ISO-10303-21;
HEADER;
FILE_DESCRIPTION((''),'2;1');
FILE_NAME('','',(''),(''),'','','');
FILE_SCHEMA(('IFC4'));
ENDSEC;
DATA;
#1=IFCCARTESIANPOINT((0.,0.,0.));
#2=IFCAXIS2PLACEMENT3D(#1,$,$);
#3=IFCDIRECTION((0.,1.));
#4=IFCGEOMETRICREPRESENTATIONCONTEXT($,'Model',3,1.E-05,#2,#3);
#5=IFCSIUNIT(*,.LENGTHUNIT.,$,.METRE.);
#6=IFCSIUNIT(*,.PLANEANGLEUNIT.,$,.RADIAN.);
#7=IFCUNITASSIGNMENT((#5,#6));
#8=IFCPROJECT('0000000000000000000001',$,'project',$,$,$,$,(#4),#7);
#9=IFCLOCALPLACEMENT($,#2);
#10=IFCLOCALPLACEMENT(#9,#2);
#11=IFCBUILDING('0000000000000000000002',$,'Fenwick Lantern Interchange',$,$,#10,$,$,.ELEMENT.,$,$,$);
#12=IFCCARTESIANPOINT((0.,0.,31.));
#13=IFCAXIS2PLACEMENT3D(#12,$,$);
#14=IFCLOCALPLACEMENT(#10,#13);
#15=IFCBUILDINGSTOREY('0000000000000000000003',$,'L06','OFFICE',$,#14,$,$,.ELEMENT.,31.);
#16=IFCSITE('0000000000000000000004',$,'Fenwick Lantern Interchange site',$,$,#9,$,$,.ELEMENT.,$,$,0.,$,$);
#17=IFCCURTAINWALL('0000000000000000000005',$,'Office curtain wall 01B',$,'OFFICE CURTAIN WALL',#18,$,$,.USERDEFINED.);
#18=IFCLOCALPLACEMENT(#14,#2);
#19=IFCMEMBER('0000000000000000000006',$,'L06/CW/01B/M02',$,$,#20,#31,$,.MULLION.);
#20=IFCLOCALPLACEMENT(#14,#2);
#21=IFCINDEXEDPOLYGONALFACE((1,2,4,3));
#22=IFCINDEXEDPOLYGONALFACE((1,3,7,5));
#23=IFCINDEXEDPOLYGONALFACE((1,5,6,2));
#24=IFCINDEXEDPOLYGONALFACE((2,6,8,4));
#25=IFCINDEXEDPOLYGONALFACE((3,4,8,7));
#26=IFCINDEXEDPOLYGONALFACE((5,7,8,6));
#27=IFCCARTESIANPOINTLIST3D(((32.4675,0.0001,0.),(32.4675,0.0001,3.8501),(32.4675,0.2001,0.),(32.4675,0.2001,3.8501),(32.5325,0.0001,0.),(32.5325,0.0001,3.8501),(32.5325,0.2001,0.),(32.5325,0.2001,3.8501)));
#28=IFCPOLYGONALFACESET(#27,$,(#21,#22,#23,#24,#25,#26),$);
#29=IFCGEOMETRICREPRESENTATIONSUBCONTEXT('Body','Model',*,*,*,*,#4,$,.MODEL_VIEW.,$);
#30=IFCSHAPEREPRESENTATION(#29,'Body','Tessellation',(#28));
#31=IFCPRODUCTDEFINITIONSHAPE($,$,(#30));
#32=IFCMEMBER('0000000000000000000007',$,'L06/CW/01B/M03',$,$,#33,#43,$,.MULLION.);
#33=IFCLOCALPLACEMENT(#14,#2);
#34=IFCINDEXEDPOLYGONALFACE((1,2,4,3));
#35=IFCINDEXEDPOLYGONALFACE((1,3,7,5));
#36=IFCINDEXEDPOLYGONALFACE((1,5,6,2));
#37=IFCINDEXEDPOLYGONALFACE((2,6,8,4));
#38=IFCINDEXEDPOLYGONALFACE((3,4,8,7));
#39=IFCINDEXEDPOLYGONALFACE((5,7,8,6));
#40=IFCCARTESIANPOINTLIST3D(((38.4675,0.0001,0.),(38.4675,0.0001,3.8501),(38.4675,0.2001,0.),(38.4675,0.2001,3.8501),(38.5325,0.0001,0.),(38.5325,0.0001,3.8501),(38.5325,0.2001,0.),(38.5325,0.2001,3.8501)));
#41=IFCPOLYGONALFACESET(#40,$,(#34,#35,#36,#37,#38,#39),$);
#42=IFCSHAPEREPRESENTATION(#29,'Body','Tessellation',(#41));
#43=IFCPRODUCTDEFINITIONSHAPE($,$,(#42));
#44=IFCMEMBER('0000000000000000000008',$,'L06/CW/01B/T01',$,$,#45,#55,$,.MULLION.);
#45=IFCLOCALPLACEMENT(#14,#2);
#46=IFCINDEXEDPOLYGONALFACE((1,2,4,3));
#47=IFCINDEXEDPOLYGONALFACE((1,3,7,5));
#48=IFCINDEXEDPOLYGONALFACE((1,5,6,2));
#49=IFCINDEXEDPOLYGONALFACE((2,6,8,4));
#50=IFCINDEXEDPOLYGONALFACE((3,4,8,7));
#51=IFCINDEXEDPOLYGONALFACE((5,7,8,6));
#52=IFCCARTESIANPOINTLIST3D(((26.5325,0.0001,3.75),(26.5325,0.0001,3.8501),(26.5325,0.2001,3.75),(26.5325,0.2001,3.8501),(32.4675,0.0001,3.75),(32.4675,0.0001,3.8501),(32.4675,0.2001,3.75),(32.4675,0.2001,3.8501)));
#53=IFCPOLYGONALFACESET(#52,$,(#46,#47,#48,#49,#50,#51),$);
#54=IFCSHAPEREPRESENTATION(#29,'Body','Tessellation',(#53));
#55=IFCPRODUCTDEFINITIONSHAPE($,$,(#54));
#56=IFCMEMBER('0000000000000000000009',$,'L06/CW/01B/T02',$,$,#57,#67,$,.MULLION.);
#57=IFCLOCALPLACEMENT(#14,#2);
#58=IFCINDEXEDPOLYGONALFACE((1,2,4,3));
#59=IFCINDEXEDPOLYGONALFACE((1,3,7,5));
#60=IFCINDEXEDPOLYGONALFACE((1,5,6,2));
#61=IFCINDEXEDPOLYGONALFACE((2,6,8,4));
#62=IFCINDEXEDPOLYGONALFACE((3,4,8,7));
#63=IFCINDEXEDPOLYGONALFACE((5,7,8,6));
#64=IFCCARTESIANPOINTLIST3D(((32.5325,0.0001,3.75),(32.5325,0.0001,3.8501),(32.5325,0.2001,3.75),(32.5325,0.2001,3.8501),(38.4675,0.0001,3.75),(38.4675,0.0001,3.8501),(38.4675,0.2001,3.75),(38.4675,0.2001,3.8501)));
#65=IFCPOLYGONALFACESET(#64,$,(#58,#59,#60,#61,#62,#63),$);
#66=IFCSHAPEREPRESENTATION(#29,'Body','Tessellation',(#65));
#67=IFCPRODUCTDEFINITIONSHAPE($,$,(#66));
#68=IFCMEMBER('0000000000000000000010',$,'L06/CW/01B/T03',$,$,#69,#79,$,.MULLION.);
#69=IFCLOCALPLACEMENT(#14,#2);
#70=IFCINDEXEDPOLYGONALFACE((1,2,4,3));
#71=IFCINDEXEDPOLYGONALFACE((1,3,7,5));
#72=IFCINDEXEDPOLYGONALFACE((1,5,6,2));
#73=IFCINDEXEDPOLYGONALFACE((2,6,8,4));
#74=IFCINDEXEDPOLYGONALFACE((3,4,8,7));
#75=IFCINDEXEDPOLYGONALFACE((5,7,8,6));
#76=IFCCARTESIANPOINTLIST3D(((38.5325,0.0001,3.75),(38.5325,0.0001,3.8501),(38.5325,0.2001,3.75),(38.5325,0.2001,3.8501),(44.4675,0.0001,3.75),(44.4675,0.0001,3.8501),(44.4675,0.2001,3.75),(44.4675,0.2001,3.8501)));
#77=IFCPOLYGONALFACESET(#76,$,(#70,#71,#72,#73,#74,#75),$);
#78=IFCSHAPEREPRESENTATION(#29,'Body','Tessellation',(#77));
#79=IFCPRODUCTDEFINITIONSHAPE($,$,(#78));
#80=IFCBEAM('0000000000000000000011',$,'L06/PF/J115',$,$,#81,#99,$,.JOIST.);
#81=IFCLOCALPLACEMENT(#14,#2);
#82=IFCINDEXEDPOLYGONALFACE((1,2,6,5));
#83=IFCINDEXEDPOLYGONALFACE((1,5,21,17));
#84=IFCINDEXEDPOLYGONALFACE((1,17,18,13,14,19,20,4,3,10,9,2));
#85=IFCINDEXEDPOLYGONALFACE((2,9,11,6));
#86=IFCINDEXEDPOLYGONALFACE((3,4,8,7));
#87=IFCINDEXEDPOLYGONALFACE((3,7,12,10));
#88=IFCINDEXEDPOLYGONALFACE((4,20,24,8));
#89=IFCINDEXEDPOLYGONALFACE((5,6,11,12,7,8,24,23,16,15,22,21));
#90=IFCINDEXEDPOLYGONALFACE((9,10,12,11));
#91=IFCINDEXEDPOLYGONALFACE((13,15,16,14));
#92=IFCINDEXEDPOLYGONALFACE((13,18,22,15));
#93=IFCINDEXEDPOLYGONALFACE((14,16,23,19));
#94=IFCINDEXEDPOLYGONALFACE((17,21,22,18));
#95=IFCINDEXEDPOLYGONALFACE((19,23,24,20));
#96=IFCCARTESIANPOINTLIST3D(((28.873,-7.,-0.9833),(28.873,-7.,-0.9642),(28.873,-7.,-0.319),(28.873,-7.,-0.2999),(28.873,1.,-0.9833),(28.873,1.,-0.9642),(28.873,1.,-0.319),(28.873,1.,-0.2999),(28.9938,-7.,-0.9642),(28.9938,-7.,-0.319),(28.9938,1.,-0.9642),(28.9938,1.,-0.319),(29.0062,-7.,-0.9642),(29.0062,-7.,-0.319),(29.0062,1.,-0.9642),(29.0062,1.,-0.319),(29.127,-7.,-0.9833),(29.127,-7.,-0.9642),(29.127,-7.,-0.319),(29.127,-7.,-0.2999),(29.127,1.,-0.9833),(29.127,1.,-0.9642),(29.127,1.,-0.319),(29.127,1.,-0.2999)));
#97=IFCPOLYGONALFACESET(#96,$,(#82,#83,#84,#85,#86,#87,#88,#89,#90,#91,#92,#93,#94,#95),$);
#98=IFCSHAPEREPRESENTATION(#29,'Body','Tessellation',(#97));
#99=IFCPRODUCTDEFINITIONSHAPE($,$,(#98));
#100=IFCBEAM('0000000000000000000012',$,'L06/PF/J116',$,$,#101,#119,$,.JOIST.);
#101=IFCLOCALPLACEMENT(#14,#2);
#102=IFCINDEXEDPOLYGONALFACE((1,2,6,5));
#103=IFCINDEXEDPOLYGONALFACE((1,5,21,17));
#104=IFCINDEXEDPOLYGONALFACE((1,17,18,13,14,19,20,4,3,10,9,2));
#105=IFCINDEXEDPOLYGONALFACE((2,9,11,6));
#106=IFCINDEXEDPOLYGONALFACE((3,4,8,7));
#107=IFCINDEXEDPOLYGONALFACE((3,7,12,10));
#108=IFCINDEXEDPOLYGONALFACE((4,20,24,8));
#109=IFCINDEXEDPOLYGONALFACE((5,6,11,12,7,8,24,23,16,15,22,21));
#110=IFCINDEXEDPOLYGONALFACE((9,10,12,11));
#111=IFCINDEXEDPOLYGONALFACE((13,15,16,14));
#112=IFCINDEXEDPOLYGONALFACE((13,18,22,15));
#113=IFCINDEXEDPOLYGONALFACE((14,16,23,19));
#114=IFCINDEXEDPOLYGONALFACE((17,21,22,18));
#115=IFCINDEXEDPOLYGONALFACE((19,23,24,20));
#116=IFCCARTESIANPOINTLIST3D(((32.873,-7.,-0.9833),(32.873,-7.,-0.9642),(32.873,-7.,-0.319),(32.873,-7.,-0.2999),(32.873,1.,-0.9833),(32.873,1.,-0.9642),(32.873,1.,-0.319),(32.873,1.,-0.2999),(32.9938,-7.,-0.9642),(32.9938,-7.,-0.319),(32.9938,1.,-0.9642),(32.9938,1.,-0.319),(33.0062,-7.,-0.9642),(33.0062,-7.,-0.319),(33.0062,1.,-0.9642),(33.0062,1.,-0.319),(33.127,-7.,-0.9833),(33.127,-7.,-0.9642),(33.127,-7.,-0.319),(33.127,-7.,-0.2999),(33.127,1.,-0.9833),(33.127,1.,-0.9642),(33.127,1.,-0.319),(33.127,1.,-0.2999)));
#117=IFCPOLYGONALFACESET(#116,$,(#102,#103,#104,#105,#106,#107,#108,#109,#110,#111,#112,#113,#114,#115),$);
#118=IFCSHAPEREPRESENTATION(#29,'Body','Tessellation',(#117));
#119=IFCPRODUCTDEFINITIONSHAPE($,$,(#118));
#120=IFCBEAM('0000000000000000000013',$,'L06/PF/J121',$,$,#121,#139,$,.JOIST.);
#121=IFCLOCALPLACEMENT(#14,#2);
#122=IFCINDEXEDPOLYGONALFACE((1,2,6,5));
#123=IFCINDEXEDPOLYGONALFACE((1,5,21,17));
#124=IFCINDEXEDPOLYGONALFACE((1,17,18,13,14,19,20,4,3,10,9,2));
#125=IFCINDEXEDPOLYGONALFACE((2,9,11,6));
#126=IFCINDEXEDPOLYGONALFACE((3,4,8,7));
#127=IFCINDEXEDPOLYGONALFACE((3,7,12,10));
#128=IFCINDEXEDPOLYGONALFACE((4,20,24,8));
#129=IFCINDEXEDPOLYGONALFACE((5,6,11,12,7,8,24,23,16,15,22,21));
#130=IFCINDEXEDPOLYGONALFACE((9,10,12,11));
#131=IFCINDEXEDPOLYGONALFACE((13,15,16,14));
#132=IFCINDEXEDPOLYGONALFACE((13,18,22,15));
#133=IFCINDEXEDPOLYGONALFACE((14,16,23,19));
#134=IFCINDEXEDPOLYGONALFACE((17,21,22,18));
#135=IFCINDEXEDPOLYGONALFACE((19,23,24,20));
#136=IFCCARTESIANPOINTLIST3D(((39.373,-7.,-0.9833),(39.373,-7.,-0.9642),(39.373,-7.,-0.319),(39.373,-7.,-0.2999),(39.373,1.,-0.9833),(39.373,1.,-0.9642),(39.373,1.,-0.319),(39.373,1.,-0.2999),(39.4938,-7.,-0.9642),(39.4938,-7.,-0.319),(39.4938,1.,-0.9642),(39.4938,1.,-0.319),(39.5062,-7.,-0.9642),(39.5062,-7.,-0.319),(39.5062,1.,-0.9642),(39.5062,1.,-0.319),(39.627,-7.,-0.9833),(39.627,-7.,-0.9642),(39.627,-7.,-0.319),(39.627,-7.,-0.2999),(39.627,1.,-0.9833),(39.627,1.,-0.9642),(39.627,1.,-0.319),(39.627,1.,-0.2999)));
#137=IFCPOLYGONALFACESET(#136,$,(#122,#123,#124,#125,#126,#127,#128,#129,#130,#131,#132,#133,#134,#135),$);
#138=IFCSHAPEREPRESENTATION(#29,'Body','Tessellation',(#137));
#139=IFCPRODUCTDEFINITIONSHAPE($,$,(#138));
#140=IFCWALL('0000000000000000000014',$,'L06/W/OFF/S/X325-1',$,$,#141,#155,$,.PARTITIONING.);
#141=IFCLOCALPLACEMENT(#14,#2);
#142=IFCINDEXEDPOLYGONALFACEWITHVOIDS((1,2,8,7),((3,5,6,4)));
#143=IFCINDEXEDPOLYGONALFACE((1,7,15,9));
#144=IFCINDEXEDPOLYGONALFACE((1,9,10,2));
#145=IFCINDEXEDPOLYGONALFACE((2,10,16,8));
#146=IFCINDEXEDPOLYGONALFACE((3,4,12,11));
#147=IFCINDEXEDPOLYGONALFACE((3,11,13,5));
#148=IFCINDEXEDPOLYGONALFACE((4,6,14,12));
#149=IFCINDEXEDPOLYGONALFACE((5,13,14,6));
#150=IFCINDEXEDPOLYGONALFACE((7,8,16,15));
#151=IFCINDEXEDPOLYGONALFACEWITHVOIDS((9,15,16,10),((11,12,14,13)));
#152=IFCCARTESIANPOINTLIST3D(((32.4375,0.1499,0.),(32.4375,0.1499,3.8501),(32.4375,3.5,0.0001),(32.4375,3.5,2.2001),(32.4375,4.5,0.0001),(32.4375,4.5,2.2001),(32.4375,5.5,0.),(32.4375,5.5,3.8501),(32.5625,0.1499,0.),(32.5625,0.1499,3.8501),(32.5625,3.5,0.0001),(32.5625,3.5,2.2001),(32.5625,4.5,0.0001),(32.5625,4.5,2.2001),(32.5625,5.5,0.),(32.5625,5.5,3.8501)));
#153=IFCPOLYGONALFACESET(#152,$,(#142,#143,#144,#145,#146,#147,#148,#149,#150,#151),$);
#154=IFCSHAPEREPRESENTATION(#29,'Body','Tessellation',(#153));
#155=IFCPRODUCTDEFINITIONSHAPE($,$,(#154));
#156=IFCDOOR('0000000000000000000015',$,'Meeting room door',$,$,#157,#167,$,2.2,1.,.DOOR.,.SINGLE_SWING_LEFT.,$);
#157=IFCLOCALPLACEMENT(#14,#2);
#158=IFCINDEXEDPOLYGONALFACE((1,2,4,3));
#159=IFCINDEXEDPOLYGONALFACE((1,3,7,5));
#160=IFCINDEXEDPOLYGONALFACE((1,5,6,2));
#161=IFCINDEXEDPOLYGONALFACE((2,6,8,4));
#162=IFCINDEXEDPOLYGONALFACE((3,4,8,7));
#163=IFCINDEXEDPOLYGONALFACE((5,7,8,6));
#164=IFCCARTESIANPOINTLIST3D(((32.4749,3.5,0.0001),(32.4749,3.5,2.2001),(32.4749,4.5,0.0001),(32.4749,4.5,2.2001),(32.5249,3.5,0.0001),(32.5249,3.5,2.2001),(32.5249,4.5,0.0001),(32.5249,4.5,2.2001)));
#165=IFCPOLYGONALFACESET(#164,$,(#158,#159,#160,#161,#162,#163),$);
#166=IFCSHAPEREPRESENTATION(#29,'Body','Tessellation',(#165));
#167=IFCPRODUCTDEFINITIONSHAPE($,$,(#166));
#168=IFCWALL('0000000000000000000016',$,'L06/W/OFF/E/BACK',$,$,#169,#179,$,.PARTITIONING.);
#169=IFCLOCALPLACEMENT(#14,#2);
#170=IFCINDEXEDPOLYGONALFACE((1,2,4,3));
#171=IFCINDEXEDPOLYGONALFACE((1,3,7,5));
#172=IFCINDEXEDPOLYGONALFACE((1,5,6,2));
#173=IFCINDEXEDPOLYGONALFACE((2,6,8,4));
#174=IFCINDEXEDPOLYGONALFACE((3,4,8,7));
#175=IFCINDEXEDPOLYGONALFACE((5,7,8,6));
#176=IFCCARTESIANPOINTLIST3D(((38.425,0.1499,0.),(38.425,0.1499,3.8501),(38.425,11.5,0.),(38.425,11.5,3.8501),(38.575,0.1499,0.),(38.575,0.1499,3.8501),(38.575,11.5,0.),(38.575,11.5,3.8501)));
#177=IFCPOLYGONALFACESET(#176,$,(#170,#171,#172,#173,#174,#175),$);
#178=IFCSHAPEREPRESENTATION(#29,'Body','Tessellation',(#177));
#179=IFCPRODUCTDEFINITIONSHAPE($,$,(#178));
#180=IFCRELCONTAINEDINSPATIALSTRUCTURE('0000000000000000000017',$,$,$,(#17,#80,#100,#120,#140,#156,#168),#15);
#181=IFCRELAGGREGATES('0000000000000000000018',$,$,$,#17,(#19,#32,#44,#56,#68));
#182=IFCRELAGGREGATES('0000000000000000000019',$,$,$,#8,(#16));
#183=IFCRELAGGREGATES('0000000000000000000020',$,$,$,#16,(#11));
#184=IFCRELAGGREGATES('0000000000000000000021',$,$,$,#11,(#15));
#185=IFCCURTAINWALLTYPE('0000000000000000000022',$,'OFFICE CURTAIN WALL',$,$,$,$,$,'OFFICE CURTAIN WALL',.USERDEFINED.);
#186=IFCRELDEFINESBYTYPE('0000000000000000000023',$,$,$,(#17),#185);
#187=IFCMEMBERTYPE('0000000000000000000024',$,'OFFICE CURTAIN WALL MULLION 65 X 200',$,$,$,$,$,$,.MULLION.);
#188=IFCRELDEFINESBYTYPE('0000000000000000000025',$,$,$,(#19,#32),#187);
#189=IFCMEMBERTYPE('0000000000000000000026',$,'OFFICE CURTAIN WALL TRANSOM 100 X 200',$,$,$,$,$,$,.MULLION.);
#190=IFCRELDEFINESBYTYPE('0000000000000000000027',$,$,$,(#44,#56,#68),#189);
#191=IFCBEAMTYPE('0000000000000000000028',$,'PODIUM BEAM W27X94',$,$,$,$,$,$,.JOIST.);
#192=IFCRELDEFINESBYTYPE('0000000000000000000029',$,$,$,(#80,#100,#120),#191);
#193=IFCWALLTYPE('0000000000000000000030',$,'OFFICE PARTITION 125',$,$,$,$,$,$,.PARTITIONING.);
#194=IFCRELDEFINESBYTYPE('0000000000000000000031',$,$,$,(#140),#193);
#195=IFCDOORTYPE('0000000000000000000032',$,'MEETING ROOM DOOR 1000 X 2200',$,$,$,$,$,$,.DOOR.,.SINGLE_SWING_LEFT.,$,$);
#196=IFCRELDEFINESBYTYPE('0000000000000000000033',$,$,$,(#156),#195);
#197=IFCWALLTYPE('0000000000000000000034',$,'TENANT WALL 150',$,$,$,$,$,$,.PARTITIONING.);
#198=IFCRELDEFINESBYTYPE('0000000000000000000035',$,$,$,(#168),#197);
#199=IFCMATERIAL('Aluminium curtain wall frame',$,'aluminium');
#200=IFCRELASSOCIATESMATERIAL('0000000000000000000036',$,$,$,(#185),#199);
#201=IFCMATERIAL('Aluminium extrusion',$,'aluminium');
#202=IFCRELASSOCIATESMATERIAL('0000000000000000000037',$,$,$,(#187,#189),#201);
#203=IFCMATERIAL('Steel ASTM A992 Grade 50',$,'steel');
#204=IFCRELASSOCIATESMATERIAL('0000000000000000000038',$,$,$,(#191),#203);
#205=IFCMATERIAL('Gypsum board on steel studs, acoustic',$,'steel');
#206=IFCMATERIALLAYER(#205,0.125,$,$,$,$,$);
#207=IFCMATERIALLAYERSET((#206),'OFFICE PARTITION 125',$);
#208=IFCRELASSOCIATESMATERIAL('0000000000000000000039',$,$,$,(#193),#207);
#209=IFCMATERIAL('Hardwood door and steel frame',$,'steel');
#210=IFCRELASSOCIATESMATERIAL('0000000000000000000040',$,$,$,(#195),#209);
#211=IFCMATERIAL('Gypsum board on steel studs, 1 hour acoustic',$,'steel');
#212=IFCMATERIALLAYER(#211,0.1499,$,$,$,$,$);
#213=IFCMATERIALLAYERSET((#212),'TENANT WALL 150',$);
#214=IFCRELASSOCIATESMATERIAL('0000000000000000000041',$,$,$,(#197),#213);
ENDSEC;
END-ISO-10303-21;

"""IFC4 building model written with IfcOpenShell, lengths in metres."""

from ifc_helpers import new_model, si_unit, direction, frame, frame_2d, origin, origin_2d, place, context, subcontext, project, spatial, rectangle, i_section, extrude, material, layer, layer_set, material_profile, profile_set, type_object, element, fill, aggregate, save


model = new_model("IFC4")

# Units and contexts
model_context = context("Model", 3, precision=1e-05, world=origin(), true_north=direction((0.0, 1.0)))
body_context = subcontext(model_context, "Body", "Model", "MODEL_VIEW")
ifc_project = project(units=[si_unit("LENGTHUNIT", "METRE"), si_unit("PLANEANGLEUNIT", "RADIAN")], contexts=[model_context])

# Site, building, storey
site_placement = place(None, origin())
site = spatial("IfcSite", under=ifc_project, at=site_placement, Name="Fenwick Lantern Interchange site", CompositionType="ELEMENT", RefElevation=0.0)
building_placement = place(site_placement, origin())
building = spatial("IfcBuilding", under=site, at=building_placement, Name="Fenwick Lantern Interchange", CompositionType="ELEMENT")
storey_placement = place(building_placement, frame((0.0, 0.0, 31.0)))
storey = spatial("IfcBuildingStorey", under=building, at=storey_placement, Name="L06", Description="OFFICE", CompositionType="ELEMENT", Elevation=31.0)

# Shared definitions
ifc_material_1 = material(Name="Steel ASTM A992 Grade 50", Category="steel")

# Curtain wall, members
ifc_material_2 = material(Name="Aluminium curtain wall frame", Category="aluminium")
curtain_wall_type = type_object("IfcCurtainWallType", Name="OFFICE CURTAIN WALL", ElementType="OFFICE CURTAIN WALL", PredefinedType="USERDEFINED", material=ifc_material_2)
curtain_wall_placement = place(storey_placement, origin())
curtain_wall = element("IfcCurtainWall", 1, at=curtain_wall_placement, inside=storey, type_object=curtain_wall_type, Name="Office curtain wall 01B", ObjectType="OFFICE CURTAIN WALL", PredefinedType="USERDEFINED")
ifc_material_3 = material(Name="Aluminium extrusion", Category="aluminium")
ifc_material_profile_1 = material_profile(ifc_material_3, rectangle(XDim=0.2, YDim=0.0649, at=origin_2d()), Name="OFFICE CURTAIN WALL MULLION 65 X 200")
ifc_profile_set_1 = profile_set([ifc_material_profile_1], Name="Aluminium extrusion")
member_type_1 = type_object("IfcMemberType", Name="OFFICE CURTAIN WALL MULLION 65 X 200", PredefinedType="MULLION", material=ifc_profile_set_1)
member_1_placement = place(storey_placement, frame((32.5, 0.1001, 0.0), z_axis=(0.0, 0.0, 1.0), x_axis=(0.0, 1.0, 0.0)))
member_1 = element("IfcMember", 2, at=member_1_placement, type_object=member_type_1, Name="L06/CW/01B/M02", PredefinedType="MULLION", context=body_context, shape_type="SweptSolid", body=[
    extrude(rectangle(XDim=0.2, YDim=0.0649, at=origin_2d()), origin(), (0.0, 0.0, 1.0), 3.8501),
])
member_2_placement = place(storey_placement, frame((38.5, 0.1001, 0.0), z_axis=(0.0, 0.0, 1.0), x_axis=(0.0, 1.0, 0.0)))
member_2 = element("IfcMember", 3, at=member_2_placement, type_object=member_type_1, Name="L06/CW/01B/M03", PredefinedType="MULLION", context=body_context, shape_type="SweptSolid", body=[
    extrude(rectangle(XDim=0.2, YDim=0.0649, at=origin_2d()), origin(), (0.0, 0.0, 1.0), 3.8501),
])
ifc_material_profile_2 = material_profile(ifc_material_3, rectangle(XDim=0.2, YDim=0.1001, at=origin_2d()), Name="OFFICE CURTAIN WALL TRANSOM 100 X 200")
ifc_profile_set_2 = profile_set([ifc_material_profile_2], Name="Aluminium extrusion")
member_type_2 = type_object("IfcMemberType", Name="OFFICE CURTAIN WALL TRANSOM 100 X 200", PredefinedType="MULLION", material=ifc_profile_set_2)
member_3_placement = place(storey_placement, frame((26.5325, 0.1001, 3.8), z_axis=(1.0, 0.0, 0.0), x_axis=(0.0, 1.0, 0.0)))
member_3 = element("IfcMember", 4, at=member_3_placement, type_object=member_type_2, Name="L06/CW/01B/T01", PredefinedType="MULLION", context=body_context, shape_type="SweptSolid", body=[
    extrude(rectangle(XDim=0.2, YDim=0.1001, at=origin_2d()), origin(), (0.0, 0.0, 1.0), 5.9351),
])
member_4_placement = place(storey_placement, frame((32.5325, 0.1001, 3.8), z_axis=(1.0, 0.0, 0.0), x_axis=(0.0, 1.0, 0.0)))
member_4 = element("IfcMember", 5, at=member_4_placement, type_object=member_type_2, Name="L06/CW/01B/T02", PredefinedType="MULLION", context=body_context, shape_type="SweptSolid", body=[
    extrude(rectangle(XDim=0.2, YDim=0.1001, at=origin_2d()), origin(), (0.0, 0.0, 1.0), 5.9351),
])
member_5_placement = place(storey_placement, frame((38.5325, 0.1001, 3.8), z_axis=(1.0, 0.0, 0.0), x_axis=(0.0, 1.0, 0.0)))
member_5 = element("IfcMember", 6, at=member_5_placement, type_object=member_type_2, Name="L06/CW/01B/T03", PredefinedType="MULLION", context=body_context, shape_type="SweptSolid", body=[
    extrude(rectangle(XDim=0.2, YDim=0.1001, at=origin_2d()), origin(), (0.0, 0.0, 1.0), 5.9351),
])
aggregate(curtain_wall, [member_1, member_2, member_3, member_4, member_5])

# Beams
ifc_material_profile_3 = material_profile(ifc_material_1, i_section(OverallWidth=0.2539, OverallDepth=0.6833, WebThickness=0.0125, FlangeThickness=0.019, at=origin_2d()), Name="W27X94")
ifc_profile_set_3 = profile_set([ifc_material_profile_3], Name="Steel ASTM A992 Grade 50")
beam_type_1 = type_object("IfcBeamType", Name="PODIUM BEAM W27X94", PredefinedType="JOIST", material=ifc_profile_set_3)
for number, where, z_axis, x_axis, name in (
    (7, (29.0, -7.0, -0.6416), (0.0, 1.0, 0.0), (-1.0, 0.0, 0.0), "L06/PF/J115"),
    (8, (33.0, -7.0, -0.6416), (0.0, 1.0, 0.0), (-1.0, 0.0, 0.0), "L06/PF/J116"),
    (9, (39.5, -7.0, -0.6416), (0.0, 1.0, 0.0), (-1.0, 0.0, 0.0), "L06/PF/J121"),
):
    element("IfcBeam", number, at=place(storey_placement, frame(where, z_axis=z_axis, x_axis=x_axis)), inside=storey, type_object=beam_type_1, Name=name, PredefinedType="JOIST", context=body_context, shape_type="SweptSolid", body=[
        extrude(i_section(OverallWidth=0.2539, OverallDepth=0.6833, WebThickness=0.0125, FlangeThickness=0.019, at=origin_2d()), origin(), (0.0, 0.0, 1.0), 8.0),
    ])

# Wall, opening, door
ifc_material_4 = material(Name="Gypsum board on steel studs, acoustic", Category="steel")
ifc_layer_1 = layer(ifc_material_4, 0.125)
ifc_layer_set_1 = layer_set([ifc_layer_1], Name="OFFICE PARTITION 125")
wall_type_1 = type_object("IfcWallType", Name="OFFICE PARTITION 125", PredefinedType="PARTITIONING", material=ifc_layer_set_1)
wall_1_placement = place(storey_placement, frame((32.5, 0.1499, 0.0), z_axis=(0.0, 0.0, 1.0), x_axis=(0.0, 1.0, 0.0)))
wall_1 = element("IfcWall", 10, at=wall_1_placement, inside=storey, type_object=wall_type_1, Name="L06/W/OFF/S/X325-1", PredefinedType="PARTITIONING", context=body_context, shape_type="SweptSolid", body=[
    extrude(rectangle(XDim=5.3501, YDim=0.125, at=frame_2d((2.675, 0.0))), origin(), (0.0, 0.0, 1.0), 3.8501),
])
opening_placement = place(wall_1_placement, frame((3.3501, 0.0, 0.0)))
opening = element("IfcOpeningElement", 11, at=opening_placement, cuts=wall_1, PredefinedType="OPENING", context=body_context, shape_type="SweptSolid", body=[
    extrude(rectangle(XDim=1.0, YDim=2.2, at=frame_2d((0.5, 1.1001))), frame((0.0, 0.0725, 0.0), z_axis=(0.0, -1.0, 0.0), x_axis=(1.0, 0.0, 0.0)), (0.0, 0.0, 1.0), 0.145),
])
ifc_material_5 = material(Name="Hardwood door and steel frame", Category="steel")
door_type = type_object("IfcDoorType", Name="MEETING ROOM DOOR 1000 X 2200", OperationType="SINGLE_SWING_LEFT", PredefinedType="DOOR", material=ifc_material_5)
door_placement = place(opening_placement, frame((1.0, 0.0, 0.0), z_axis=(0.0, 0.0, 1.0), x_axis=(-1.0, 0.0, 0.0)))
door = element("IfcDoor", 12, at=door_placement, inside=storey, type_object=door_type, Name="Meeting room door", OperationType="SINGLE_SWING_LEFT", OverallHeight=2.2, OverallWidth=1.0, PredefinedType="DOOR", context=body_context, shape_type="SweptSolid", body=[
    extrude(rectangle(XDim=1.0, YDim=2.2, at=frame_2d((0.5, 1.1001))), frame((0.0, 0.0249, 0.0), z_axis=(0.0, -1.0, 0.0), x_axis=(1.0, 0.0, 0.0)), (0.0, 0.0, 1.0), 0.05),
])
fill(opening, door)

# Wall
ifc_material_6 = material(Name="Gypsum board on steel studs, 1 hour acoustic", Category="steel")
ifc_layer_2 = layer(ifc_material_6, 0.1499)
ifc_layer_set_2 = layer_set([ifc_layer_2], Name="TENANT WALL 150")
wall_type_2 = type_object("IfcWallType", Name="TENANT WALL 150", PredefinedType="PARTITIONING", material=ifc_layer_set_2)
wall_2_placement = place(storey_placement, frame((38.5, 0.1499, 0.0), z_axis=(0.0, 0.0, 1.0), x_axis=(0.0, 1.0, 0.0)))
element("IfcWall", 13, at=wall_2_placement, inside=storey, type_object=wall_type_2, Name="L06/W/OFF/E/BACK", PredefinedType="PARTITIONING", context=body_context, shape_type="SweptSolid", body=[
    extrude(rectangle(XDim=11.3501, YDim=0.1499, at=frame_2d((5.675, 0.0))), origin(), (0.0, 0.0, 1.0), 3.8501),
])

save(model, "model.ifc")
